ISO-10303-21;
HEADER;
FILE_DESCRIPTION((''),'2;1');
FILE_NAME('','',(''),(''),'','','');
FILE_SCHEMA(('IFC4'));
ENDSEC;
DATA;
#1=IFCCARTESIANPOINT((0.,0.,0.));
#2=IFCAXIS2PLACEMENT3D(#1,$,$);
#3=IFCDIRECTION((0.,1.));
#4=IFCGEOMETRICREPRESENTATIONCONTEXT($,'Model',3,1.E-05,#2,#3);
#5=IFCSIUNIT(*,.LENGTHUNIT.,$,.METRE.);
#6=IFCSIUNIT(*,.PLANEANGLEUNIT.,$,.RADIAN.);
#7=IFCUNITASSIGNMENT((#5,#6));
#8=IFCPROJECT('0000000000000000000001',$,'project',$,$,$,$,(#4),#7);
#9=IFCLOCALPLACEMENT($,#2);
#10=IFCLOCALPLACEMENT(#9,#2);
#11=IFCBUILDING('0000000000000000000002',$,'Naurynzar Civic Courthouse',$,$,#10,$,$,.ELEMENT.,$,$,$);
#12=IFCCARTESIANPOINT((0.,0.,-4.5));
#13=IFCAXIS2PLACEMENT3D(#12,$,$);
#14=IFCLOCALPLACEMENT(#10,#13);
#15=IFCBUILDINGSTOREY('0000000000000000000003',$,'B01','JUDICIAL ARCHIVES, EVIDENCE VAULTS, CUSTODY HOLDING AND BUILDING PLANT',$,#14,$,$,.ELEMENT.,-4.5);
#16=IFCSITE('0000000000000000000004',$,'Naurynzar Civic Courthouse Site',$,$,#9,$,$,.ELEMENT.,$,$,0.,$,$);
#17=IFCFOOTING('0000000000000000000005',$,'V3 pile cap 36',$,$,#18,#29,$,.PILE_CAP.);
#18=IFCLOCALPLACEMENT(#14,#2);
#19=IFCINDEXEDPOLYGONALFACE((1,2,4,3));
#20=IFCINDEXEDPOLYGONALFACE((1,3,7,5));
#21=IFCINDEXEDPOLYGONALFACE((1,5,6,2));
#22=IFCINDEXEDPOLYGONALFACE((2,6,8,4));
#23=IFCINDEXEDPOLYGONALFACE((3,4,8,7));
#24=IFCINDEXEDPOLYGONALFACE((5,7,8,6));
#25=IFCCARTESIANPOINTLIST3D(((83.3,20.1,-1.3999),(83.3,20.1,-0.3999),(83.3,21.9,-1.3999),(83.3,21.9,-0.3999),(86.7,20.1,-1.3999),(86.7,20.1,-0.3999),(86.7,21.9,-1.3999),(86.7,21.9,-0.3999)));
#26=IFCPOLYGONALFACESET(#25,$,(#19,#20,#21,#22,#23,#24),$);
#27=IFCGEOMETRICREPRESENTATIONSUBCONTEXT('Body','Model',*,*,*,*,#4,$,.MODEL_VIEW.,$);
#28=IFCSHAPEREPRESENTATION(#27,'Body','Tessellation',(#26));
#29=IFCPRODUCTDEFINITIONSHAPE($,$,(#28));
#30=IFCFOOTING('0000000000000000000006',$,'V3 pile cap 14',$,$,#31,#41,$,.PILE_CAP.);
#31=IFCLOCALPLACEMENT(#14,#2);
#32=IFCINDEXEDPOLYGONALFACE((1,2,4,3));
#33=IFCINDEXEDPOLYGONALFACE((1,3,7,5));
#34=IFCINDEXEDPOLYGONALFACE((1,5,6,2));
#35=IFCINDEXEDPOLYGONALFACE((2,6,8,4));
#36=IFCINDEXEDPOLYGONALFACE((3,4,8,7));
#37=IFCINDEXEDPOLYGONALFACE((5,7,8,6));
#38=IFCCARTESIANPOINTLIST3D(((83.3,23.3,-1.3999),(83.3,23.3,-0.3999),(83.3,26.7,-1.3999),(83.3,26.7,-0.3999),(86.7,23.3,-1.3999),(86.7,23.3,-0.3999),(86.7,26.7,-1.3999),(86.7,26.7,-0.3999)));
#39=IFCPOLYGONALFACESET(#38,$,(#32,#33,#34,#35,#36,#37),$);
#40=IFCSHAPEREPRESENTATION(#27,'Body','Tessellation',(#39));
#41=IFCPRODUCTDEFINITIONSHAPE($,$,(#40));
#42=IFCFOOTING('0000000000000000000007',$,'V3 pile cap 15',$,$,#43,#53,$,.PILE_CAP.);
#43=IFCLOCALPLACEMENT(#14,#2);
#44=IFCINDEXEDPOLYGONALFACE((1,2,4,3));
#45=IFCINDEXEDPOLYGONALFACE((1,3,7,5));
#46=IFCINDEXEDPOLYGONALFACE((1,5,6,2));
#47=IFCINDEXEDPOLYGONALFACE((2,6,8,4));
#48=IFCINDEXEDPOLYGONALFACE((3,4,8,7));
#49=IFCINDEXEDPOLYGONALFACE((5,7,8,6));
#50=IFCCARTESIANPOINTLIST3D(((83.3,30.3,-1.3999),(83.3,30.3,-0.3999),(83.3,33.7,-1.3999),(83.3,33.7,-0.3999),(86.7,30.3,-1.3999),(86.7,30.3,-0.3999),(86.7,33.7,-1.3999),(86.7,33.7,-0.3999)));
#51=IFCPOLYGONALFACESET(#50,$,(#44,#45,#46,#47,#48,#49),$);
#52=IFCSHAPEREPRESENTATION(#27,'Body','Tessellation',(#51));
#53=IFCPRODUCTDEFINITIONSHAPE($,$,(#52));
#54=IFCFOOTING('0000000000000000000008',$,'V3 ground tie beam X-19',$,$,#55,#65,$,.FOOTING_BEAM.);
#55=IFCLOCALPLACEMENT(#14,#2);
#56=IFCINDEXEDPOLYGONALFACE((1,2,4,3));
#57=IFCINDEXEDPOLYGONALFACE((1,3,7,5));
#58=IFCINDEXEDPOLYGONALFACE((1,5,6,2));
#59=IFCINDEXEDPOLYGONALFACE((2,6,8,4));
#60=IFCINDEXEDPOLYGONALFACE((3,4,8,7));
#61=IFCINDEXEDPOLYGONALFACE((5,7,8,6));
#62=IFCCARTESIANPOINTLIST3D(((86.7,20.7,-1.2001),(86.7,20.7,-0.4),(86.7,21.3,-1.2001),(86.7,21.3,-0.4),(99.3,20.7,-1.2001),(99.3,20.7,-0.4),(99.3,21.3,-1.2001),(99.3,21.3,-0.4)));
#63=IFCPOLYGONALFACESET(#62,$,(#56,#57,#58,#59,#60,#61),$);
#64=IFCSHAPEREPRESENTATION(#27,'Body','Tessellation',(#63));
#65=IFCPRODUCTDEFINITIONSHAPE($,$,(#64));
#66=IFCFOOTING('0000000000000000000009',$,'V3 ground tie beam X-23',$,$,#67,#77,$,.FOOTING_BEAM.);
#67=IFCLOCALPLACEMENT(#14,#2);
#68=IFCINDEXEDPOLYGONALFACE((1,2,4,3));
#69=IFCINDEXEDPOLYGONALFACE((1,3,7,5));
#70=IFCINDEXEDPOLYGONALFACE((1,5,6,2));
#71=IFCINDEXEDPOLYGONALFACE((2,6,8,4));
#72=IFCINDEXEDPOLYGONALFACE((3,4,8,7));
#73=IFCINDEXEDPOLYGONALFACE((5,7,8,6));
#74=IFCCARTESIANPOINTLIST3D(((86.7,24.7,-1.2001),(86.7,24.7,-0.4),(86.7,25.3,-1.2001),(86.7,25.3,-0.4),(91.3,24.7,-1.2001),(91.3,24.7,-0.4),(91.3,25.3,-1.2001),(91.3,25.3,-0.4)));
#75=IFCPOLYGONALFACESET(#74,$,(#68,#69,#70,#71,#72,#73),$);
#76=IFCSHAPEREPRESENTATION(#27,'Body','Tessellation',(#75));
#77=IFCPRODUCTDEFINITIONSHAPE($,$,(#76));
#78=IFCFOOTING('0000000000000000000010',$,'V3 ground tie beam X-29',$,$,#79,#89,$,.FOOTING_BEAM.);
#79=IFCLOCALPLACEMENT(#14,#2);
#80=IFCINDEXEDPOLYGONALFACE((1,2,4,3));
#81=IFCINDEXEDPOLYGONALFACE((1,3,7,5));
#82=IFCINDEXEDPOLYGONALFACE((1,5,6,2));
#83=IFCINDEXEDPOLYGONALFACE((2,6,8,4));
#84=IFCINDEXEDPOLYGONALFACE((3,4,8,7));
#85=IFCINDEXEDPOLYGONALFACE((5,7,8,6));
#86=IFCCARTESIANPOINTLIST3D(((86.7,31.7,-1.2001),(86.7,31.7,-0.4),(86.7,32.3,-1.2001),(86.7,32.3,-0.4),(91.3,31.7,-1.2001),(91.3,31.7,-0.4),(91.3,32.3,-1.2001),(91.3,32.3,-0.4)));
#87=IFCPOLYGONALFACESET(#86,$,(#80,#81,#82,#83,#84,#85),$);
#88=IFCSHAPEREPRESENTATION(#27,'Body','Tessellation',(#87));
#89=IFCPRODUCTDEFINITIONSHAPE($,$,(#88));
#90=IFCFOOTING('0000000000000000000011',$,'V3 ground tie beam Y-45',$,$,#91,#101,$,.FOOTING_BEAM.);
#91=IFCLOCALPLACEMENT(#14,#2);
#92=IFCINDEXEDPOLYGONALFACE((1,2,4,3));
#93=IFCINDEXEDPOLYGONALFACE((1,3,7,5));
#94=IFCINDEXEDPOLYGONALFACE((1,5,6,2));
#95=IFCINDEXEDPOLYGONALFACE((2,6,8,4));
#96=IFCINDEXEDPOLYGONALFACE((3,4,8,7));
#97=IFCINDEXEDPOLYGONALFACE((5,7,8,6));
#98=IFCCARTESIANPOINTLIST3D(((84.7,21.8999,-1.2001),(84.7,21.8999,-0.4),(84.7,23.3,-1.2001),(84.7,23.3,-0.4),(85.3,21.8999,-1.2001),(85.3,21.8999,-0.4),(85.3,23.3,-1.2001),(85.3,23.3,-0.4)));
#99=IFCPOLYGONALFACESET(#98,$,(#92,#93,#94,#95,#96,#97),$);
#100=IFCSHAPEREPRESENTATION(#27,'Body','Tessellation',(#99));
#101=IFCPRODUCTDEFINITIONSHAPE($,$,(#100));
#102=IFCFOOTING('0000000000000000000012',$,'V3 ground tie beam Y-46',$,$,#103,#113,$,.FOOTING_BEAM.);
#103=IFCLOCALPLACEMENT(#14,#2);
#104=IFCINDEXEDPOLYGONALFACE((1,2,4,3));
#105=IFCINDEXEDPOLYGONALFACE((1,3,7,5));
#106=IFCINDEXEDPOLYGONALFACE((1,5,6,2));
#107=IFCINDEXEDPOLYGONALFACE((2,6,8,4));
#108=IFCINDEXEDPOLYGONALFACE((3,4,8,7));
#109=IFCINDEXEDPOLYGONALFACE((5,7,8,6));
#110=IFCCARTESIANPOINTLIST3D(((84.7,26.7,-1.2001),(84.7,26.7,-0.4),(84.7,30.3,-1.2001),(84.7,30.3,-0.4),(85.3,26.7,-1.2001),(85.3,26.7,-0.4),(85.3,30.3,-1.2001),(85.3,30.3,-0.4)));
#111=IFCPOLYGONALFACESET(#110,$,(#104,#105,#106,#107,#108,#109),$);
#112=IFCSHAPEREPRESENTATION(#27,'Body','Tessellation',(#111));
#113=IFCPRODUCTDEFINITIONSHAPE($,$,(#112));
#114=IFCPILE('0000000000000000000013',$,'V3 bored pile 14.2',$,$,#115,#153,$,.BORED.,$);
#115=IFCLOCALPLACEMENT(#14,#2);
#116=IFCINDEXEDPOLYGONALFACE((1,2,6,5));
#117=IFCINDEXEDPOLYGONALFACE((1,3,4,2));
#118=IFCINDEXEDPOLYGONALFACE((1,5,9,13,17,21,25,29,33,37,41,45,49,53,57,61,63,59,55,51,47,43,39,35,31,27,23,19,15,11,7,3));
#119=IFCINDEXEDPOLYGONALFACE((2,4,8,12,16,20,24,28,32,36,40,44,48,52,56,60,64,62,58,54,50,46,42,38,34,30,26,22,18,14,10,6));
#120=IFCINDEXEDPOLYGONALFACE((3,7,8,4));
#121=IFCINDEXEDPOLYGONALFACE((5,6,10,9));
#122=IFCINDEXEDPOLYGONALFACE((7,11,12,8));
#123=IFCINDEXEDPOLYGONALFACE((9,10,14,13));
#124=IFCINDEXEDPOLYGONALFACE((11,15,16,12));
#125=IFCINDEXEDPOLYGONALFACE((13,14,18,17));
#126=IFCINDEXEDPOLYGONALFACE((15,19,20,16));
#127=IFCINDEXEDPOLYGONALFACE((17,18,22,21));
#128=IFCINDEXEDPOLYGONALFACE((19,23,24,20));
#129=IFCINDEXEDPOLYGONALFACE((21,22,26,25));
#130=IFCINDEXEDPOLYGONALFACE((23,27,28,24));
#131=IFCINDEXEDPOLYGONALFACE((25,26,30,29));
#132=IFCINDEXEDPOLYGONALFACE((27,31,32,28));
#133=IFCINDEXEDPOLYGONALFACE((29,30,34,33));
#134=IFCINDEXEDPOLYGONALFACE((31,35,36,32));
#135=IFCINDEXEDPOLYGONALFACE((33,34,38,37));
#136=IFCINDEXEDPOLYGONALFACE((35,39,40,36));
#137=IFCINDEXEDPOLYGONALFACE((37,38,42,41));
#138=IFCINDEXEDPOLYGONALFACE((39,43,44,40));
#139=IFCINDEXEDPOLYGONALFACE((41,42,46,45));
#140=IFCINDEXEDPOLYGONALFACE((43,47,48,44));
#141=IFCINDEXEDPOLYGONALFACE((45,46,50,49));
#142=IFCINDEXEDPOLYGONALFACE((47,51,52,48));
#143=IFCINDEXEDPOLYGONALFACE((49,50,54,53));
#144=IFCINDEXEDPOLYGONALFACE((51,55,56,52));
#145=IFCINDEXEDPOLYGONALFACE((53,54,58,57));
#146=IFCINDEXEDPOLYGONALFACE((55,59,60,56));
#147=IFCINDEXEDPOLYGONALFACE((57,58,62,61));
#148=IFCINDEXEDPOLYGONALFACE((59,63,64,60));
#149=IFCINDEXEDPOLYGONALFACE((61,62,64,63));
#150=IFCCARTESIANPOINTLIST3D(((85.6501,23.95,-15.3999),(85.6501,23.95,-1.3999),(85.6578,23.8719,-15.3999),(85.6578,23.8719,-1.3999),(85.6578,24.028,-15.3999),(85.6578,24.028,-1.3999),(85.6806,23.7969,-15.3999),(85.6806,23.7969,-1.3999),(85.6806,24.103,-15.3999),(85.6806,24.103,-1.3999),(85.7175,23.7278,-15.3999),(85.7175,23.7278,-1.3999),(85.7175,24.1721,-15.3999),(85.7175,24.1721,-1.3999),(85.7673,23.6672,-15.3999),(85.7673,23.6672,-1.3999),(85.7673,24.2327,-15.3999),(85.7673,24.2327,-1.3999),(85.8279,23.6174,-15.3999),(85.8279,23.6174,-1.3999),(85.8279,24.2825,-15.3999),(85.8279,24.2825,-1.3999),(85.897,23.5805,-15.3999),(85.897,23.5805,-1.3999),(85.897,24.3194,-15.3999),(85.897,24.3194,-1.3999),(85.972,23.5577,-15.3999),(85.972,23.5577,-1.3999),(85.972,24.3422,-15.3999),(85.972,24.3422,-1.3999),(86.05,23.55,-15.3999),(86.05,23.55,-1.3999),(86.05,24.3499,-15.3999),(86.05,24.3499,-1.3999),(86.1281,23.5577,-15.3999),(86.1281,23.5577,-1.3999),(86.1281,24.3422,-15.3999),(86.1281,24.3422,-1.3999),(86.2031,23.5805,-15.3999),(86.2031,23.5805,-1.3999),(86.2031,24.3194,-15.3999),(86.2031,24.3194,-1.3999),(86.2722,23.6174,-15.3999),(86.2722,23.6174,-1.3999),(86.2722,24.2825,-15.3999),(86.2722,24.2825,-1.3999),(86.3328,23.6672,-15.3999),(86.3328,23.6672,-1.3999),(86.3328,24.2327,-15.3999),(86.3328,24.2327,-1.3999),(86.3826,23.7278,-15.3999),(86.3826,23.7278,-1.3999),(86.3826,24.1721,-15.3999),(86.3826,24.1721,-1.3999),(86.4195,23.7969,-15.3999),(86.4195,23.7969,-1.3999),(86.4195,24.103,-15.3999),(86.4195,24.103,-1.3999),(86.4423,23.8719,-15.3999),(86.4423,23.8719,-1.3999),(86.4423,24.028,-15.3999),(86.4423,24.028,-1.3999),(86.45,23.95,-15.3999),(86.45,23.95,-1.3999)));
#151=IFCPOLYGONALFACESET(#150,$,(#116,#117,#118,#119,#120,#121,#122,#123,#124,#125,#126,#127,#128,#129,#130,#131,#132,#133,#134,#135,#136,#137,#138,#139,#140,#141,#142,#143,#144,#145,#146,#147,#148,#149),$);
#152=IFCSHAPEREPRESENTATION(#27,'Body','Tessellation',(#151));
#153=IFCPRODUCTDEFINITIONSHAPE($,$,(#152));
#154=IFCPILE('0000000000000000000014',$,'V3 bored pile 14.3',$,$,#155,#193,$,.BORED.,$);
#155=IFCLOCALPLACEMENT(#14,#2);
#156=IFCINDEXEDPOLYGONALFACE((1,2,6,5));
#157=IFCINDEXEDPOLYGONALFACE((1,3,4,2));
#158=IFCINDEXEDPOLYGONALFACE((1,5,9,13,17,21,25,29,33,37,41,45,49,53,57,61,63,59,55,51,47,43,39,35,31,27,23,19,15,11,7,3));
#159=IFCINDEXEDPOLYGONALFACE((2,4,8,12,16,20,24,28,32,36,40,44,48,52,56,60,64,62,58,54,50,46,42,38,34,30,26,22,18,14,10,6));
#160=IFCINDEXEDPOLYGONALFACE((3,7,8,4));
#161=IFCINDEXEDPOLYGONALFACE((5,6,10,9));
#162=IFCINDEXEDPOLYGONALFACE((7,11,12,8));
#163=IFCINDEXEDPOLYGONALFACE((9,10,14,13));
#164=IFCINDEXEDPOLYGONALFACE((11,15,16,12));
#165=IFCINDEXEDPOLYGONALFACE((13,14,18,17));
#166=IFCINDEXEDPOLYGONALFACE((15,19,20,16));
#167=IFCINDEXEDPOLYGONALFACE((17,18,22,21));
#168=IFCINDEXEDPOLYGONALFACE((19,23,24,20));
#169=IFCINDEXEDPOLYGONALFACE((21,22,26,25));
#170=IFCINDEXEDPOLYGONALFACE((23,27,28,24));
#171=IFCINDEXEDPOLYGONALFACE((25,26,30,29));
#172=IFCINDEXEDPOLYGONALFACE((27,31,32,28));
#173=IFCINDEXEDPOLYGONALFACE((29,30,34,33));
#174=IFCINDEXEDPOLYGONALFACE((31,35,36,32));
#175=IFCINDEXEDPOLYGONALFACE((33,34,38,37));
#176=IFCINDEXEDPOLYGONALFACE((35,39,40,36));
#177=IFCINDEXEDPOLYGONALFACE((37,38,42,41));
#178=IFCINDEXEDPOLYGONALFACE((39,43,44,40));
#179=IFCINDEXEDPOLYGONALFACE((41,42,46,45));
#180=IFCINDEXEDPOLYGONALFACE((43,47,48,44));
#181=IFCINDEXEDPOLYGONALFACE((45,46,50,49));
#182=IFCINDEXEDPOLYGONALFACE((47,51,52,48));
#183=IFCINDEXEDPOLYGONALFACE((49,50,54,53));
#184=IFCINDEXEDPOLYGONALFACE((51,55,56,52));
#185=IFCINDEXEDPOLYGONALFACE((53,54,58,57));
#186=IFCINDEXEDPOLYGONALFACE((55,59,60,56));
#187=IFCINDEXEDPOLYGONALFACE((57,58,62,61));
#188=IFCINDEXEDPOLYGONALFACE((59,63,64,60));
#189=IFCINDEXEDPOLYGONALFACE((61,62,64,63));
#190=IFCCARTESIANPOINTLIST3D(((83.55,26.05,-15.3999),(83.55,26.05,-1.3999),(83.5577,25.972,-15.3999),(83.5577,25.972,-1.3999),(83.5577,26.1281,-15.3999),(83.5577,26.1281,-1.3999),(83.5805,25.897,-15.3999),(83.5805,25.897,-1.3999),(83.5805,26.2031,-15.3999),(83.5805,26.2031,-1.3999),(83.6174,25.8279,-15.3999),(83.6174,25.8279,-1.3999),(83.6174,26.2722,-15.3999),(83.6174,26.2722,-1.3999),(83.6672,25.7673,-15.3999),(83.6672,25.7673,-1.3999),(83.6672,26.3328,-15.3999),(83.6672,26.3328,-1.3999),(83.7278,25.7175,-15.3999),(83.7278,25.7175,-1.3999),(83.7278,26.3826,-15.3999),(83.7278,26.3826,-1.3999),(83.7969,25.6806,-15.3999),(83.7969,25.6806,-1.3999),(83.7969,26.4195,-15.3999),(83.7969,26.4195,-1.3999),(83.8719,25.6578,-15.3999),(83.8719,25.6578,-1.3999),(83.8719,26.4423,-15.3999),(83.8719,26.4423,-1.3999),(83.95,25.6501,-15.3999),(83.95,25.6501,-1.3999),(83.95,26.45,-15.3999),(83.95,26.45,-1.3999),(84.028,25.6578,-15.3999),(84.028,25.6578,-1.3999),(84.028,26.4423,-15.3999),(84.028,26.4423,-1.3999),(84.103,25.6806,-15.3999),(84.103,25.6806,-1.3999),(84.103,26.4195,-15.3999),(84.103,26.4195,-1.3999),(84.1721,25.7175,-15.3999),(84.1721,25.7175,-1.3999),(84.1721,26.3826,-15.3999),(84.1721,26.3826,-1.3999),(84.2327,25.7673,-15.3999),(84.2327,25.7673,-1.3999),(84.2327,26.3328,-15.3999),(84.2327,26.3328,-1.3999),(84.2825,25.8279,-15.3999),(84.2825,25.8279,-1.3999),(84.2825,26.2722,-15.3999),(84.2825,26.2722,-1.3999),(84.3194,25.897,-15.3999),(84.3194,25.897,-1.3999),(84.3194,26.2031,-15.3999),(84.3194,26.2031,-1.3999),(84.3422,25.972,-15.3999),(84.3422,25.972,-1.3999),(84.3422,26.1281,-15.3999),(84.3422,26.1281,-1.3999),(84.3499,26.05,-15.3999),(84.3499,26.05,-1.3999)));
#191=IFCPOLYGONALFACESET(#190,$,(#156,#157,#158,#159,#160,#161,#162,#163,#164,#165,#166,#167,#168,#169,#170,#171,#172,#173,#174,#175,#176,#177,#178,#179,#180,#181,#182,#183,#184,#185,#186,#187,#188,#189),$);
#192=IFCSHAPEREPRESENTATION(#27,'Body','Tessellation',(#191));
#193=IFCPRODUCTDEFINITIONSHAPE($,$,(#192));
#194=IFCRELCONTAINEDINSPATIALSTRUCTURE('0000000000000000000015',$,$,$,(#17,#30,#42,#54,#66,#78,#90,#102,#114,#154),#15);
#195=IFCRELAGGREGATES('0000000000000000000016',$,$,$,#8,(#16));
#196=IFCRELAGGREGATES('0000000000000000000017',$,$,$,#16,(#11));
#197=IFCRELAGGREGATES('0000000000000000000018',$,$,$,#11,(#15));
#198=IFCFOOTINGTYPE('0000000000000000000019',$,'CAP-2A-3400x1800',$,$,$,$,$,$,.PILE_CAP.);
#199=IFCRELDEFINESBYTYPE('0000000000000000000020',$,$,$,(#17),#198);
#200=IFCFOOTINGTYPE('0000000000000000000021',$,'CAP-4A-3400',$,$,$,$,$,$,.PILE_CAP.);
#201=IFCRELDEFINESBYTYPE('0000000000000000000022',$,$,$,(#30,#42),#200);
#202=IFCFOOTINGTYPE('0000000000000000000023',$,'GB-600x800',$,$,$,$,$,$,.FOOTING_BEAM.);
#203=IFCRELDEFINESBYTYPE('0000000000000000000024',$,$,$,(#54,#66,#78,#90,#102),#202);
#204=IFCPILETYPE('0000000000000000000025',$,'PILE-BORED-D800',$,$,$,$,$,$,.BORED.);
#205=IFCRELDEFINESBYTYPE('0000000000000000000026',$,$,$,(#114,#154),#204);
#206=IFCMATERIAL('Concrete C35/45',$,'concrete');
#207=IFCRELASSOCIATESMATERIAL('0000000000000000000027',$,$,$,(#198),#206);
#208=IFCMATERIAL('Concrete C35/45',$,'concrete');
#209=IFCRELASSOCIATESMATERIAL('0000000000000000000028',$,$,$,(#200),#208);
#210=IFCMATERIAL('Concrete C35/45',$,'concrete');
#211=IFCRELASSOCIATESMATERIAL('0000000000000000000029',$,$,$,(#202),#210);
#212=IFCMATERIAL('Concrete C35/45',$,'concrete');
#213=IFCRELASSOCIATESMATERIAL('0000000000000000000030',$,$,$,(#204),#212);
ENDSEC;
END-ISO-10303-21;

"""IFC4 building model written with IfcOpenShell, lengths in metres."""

from ifc_helpers import new_model, si_unit, direction, frame, origin, origin_2d, place, context, subcontext, project, spatial, rectangle, circle, extrude, material, material_profile, profile_set, type_object, element, save


model = new_model("IFC4")

# Units and contexts
model_context = context("Model", 3, precision=1e-05, world=origin(), true_north=direction((0.0, 1.0)))
body_context = subcontext(model_context, "Body", "Model", "MODEL_VIEW")
ifc_project = project(units=[si_unit("LENGTHUNIT", "METRE"), si_unit("PLANEANGLEUNIT", "RADIAN")], contexts=[model_context])

# Site, building, storey
site_placement = place(None, origin())
site = spatial("IfcSite", under=ifc_project, at=site_placement, Name="Naurynzar Civic Courthouse Site", CompositionType="ELEMENT", RefElevation=0.0)
building_placement = place(site_placement, origin())
building = spatial("IfcBuilding", under=site, at=building_placement, Name="Naurynzar Civic Courthouse", CompositionType="ELEMENT")
storey_placement = place(building_placement, frame((0.0, 0.0, -4.5)))
storey = spatial("IfcBuildingStorey", under=building, at=storey_placement, Name="B01", Description="JUDICIAL ARCHIVES, EVIDENCE VAULTS, CUSTODY HOLDING AND BUILDING PLANT", CompositionType="ELEMENT", Elevation=-4.5)

# Footings
ifc_material_1 = material(Name="Concrete C35/45", Category="concrete")
footing_type_1 = type_object("IfcFootingType", Name="CAP-2A-3400x1800", PredefinedType="PILE_CAP", material=ifc_material_1)
footing_1_placement = place(storey_placement, frame((85.0, 21.0, -1.3999), z_axis=(0.0, 0.0, 1.0), x_axis=(1.0, 0.0, 0.0)))
element("IfcFooting", 1, at=footing_1_placement, inside=storey, type_object=footing_type_1, Name="V3 pile cap 36", PredefinedType="PILE_CAP", context=body_context, shape_type="SweptSolid", body=[
    extrude(rectangle(XDim=3.3999, YDim=1.8, at=origin_2d()), origin(), (0.0, 0.0, 1.0), 1.0),
])
ifc_material_2 = material(Name="Concrete C35/45", Category="concrete")
footing_type_2 = type_object("IfcFootingType", Name="CAP-4A-3400", PredefinedType="PILE_CAP", material=ifc_material_2)
for number, where, z_axis, x_axis, name in (
    (2, (85.0, 25.0, -1.3999), (0.0, 0.0, 1.0), (1.0, 0.0, 0.0), "V3 pile cap 14"),
    (3, (85.0, 32.0, -1.3999), (0.0, 0.0, 1.0), (1.0, 0.0, 0.0), "V3 pile cap 15"),
):
    element("IfcFooting", number, at=place(storey_placement, frame(where, z_axis=z_axis, x_axis=x_axis)), inside=storey, type_object=footing_type_2, Name=name, PredefinedType="PILE_CAP", context=body_context, shape_type="SweptSolid", body=[
        extrude(rectangle(XDim=3.3999, YDim=3.3999, at=origin_2d()), origin(), (0.0, 0.0, 1.0), 1.0),
    ])
ifc_material_3 = material(Name="Concrete C35/45", Category="concrete")
ifc_material_profile_1 = material_profile(ifc_material_3, rectangle(XDim=0.6001, YDim=0.8, at=origin_2d()), Name="GB 600x800")
ifc_profile_set_1 = profile_set([ifc_material_profile_1], Name="Concrete C35/45")
footing_type_3 = type_object("IfcFootingType", Name="GB-600x800", PredefinedType="FOOTING_BEAM", material=ifc_profile_set_1)
footing_2_placement = place(storey_placement, frame((86.7, 21.0, -0.8), z_axis=(1.0, 0.0, 0.0), x_axis=(0.0, 1.0, 0.0)))
element("IfcFooting", 4, at=footing_2_placement, inside=storey, type_object=footing_type_3, Name="V3 ground tie beam X-19", PredefinedType="FOOTING_BEAM", context=body_context, shape_type="SweptSolid", body=[
    extrude(rectangle(XDim=0.6001, YDim=0.8, at=origin_2d()), origin(), (0.0, 0.0, 1.0), 12.6001),
])
for number, where, z_axis, x_axis, name in (
    (5, (86.7, 25.0, -0.8), (1.0, 0.0, 0.0), (0.0, 1.0, 0.0), "V3 ground tie beam X-23"),
    (6, (86.7, 32.0, -0.8), (1.0, 0.0, 0.0), (0.0, 1.0, 0.0), "V3 ground tie beam X-29"),
):
    element("IfcFooting", number, at=place(storey_placement, frame(where, z_axis=z_axis, x_axis=x_axis)), inside=storey, type_object=footing_type_3, Name=name, PredefinedType="FOOTING_BEAM", context=body_context, shape_type="SweptSolid", body=[
        extrude(rectangle(XDim=0.6001, YDim=0.8, at=origin_2d()), origin(), (0.0, 0.0, 1.0), 4.6001),
    ])
footing_3_placement = place(storey_placement, frame((85.0, 21.8999, -0.8), z_axis=(0.0, 1.0, 0.0), x_axis=(-1.0, 0.0, 0.0)))
element("IfcFooting", 7, at=footing_3_placement, inside=storey, type_object=footing_type_3, Name="V3 ground tie beam Y-45", PredefinedType="FOOTING_BEAM", context=body_context, shape_type="SweptSolid", body=[
    extrude(rectangle(XDim=0.6001, YDim=0.8, at=origin_2d()), origin(), (0.0, 0.0, 1.0), 1.4001),
])
footing_4_placement = place(storey_placement, frame((85.0, 26.7, -0.8), z_axis=(0.0, 1.0, 0.0), x_axis=(-1.0, 0.0, 0.0)))
element("IfcFooting", 8, at=footing_4_placement, inside=storey, type_object=footing_type_3, Name="V3 ground tie beam Y-46", PredefinedType="FOOTING_BEAM", context=body_context, shape_type="SweptSolid", body=[
    extrude(rectangle(XDim=0.6001, YDim=0.8, at=origin_2d()), origin(), (0.0, 0.0, 1.0), 3.6001),
])

# Piles
ifc_material_4 = material(Name="Concrete C35/45", Category="concrete")
ifc_material_profile_2 = material_profile(ifc_material_4, circle(Radius=0.3999, at=origin_2d()), Name="PILE D800")
ifc_profile_set_2 = profile_set([ifc_material_profile_2], Name="Concrete C35/45")
pile_type = type_object("IfcPileType", Name="PILE-BORED-D800", PredefinedType="BORED", material=ifc_profile_set_2)
for number, where, z_axis, x_axis, name in (
    (9, (86.05, 23.95, -1.3999), (0.0, 0.0, -1.0), (1.0, 0.0, 0.0), "V3 bored pile 14.2"),
    (10, (83.95, 26.05, -1.3999), (0.0, 0.0, -1.0), (1.0, 0.0, 0.0), "V3 bored pile 14.3"),
):
    element("IfcPile", number, at=place(storey_placement, frame(where, z_axis=z_axis, x_axis=x_axis)), inside=storey, type_object=pile_type, Name=name, PredefinedType="BORED", context=body_context, shape_type="SweptSolid", body=[
        extrude(circle(Radius=0.3999, at=origin_2d()), origin(), (0.0, 0.0, 1.0), 14.0),
    ])

save(model, "model.ifc")
